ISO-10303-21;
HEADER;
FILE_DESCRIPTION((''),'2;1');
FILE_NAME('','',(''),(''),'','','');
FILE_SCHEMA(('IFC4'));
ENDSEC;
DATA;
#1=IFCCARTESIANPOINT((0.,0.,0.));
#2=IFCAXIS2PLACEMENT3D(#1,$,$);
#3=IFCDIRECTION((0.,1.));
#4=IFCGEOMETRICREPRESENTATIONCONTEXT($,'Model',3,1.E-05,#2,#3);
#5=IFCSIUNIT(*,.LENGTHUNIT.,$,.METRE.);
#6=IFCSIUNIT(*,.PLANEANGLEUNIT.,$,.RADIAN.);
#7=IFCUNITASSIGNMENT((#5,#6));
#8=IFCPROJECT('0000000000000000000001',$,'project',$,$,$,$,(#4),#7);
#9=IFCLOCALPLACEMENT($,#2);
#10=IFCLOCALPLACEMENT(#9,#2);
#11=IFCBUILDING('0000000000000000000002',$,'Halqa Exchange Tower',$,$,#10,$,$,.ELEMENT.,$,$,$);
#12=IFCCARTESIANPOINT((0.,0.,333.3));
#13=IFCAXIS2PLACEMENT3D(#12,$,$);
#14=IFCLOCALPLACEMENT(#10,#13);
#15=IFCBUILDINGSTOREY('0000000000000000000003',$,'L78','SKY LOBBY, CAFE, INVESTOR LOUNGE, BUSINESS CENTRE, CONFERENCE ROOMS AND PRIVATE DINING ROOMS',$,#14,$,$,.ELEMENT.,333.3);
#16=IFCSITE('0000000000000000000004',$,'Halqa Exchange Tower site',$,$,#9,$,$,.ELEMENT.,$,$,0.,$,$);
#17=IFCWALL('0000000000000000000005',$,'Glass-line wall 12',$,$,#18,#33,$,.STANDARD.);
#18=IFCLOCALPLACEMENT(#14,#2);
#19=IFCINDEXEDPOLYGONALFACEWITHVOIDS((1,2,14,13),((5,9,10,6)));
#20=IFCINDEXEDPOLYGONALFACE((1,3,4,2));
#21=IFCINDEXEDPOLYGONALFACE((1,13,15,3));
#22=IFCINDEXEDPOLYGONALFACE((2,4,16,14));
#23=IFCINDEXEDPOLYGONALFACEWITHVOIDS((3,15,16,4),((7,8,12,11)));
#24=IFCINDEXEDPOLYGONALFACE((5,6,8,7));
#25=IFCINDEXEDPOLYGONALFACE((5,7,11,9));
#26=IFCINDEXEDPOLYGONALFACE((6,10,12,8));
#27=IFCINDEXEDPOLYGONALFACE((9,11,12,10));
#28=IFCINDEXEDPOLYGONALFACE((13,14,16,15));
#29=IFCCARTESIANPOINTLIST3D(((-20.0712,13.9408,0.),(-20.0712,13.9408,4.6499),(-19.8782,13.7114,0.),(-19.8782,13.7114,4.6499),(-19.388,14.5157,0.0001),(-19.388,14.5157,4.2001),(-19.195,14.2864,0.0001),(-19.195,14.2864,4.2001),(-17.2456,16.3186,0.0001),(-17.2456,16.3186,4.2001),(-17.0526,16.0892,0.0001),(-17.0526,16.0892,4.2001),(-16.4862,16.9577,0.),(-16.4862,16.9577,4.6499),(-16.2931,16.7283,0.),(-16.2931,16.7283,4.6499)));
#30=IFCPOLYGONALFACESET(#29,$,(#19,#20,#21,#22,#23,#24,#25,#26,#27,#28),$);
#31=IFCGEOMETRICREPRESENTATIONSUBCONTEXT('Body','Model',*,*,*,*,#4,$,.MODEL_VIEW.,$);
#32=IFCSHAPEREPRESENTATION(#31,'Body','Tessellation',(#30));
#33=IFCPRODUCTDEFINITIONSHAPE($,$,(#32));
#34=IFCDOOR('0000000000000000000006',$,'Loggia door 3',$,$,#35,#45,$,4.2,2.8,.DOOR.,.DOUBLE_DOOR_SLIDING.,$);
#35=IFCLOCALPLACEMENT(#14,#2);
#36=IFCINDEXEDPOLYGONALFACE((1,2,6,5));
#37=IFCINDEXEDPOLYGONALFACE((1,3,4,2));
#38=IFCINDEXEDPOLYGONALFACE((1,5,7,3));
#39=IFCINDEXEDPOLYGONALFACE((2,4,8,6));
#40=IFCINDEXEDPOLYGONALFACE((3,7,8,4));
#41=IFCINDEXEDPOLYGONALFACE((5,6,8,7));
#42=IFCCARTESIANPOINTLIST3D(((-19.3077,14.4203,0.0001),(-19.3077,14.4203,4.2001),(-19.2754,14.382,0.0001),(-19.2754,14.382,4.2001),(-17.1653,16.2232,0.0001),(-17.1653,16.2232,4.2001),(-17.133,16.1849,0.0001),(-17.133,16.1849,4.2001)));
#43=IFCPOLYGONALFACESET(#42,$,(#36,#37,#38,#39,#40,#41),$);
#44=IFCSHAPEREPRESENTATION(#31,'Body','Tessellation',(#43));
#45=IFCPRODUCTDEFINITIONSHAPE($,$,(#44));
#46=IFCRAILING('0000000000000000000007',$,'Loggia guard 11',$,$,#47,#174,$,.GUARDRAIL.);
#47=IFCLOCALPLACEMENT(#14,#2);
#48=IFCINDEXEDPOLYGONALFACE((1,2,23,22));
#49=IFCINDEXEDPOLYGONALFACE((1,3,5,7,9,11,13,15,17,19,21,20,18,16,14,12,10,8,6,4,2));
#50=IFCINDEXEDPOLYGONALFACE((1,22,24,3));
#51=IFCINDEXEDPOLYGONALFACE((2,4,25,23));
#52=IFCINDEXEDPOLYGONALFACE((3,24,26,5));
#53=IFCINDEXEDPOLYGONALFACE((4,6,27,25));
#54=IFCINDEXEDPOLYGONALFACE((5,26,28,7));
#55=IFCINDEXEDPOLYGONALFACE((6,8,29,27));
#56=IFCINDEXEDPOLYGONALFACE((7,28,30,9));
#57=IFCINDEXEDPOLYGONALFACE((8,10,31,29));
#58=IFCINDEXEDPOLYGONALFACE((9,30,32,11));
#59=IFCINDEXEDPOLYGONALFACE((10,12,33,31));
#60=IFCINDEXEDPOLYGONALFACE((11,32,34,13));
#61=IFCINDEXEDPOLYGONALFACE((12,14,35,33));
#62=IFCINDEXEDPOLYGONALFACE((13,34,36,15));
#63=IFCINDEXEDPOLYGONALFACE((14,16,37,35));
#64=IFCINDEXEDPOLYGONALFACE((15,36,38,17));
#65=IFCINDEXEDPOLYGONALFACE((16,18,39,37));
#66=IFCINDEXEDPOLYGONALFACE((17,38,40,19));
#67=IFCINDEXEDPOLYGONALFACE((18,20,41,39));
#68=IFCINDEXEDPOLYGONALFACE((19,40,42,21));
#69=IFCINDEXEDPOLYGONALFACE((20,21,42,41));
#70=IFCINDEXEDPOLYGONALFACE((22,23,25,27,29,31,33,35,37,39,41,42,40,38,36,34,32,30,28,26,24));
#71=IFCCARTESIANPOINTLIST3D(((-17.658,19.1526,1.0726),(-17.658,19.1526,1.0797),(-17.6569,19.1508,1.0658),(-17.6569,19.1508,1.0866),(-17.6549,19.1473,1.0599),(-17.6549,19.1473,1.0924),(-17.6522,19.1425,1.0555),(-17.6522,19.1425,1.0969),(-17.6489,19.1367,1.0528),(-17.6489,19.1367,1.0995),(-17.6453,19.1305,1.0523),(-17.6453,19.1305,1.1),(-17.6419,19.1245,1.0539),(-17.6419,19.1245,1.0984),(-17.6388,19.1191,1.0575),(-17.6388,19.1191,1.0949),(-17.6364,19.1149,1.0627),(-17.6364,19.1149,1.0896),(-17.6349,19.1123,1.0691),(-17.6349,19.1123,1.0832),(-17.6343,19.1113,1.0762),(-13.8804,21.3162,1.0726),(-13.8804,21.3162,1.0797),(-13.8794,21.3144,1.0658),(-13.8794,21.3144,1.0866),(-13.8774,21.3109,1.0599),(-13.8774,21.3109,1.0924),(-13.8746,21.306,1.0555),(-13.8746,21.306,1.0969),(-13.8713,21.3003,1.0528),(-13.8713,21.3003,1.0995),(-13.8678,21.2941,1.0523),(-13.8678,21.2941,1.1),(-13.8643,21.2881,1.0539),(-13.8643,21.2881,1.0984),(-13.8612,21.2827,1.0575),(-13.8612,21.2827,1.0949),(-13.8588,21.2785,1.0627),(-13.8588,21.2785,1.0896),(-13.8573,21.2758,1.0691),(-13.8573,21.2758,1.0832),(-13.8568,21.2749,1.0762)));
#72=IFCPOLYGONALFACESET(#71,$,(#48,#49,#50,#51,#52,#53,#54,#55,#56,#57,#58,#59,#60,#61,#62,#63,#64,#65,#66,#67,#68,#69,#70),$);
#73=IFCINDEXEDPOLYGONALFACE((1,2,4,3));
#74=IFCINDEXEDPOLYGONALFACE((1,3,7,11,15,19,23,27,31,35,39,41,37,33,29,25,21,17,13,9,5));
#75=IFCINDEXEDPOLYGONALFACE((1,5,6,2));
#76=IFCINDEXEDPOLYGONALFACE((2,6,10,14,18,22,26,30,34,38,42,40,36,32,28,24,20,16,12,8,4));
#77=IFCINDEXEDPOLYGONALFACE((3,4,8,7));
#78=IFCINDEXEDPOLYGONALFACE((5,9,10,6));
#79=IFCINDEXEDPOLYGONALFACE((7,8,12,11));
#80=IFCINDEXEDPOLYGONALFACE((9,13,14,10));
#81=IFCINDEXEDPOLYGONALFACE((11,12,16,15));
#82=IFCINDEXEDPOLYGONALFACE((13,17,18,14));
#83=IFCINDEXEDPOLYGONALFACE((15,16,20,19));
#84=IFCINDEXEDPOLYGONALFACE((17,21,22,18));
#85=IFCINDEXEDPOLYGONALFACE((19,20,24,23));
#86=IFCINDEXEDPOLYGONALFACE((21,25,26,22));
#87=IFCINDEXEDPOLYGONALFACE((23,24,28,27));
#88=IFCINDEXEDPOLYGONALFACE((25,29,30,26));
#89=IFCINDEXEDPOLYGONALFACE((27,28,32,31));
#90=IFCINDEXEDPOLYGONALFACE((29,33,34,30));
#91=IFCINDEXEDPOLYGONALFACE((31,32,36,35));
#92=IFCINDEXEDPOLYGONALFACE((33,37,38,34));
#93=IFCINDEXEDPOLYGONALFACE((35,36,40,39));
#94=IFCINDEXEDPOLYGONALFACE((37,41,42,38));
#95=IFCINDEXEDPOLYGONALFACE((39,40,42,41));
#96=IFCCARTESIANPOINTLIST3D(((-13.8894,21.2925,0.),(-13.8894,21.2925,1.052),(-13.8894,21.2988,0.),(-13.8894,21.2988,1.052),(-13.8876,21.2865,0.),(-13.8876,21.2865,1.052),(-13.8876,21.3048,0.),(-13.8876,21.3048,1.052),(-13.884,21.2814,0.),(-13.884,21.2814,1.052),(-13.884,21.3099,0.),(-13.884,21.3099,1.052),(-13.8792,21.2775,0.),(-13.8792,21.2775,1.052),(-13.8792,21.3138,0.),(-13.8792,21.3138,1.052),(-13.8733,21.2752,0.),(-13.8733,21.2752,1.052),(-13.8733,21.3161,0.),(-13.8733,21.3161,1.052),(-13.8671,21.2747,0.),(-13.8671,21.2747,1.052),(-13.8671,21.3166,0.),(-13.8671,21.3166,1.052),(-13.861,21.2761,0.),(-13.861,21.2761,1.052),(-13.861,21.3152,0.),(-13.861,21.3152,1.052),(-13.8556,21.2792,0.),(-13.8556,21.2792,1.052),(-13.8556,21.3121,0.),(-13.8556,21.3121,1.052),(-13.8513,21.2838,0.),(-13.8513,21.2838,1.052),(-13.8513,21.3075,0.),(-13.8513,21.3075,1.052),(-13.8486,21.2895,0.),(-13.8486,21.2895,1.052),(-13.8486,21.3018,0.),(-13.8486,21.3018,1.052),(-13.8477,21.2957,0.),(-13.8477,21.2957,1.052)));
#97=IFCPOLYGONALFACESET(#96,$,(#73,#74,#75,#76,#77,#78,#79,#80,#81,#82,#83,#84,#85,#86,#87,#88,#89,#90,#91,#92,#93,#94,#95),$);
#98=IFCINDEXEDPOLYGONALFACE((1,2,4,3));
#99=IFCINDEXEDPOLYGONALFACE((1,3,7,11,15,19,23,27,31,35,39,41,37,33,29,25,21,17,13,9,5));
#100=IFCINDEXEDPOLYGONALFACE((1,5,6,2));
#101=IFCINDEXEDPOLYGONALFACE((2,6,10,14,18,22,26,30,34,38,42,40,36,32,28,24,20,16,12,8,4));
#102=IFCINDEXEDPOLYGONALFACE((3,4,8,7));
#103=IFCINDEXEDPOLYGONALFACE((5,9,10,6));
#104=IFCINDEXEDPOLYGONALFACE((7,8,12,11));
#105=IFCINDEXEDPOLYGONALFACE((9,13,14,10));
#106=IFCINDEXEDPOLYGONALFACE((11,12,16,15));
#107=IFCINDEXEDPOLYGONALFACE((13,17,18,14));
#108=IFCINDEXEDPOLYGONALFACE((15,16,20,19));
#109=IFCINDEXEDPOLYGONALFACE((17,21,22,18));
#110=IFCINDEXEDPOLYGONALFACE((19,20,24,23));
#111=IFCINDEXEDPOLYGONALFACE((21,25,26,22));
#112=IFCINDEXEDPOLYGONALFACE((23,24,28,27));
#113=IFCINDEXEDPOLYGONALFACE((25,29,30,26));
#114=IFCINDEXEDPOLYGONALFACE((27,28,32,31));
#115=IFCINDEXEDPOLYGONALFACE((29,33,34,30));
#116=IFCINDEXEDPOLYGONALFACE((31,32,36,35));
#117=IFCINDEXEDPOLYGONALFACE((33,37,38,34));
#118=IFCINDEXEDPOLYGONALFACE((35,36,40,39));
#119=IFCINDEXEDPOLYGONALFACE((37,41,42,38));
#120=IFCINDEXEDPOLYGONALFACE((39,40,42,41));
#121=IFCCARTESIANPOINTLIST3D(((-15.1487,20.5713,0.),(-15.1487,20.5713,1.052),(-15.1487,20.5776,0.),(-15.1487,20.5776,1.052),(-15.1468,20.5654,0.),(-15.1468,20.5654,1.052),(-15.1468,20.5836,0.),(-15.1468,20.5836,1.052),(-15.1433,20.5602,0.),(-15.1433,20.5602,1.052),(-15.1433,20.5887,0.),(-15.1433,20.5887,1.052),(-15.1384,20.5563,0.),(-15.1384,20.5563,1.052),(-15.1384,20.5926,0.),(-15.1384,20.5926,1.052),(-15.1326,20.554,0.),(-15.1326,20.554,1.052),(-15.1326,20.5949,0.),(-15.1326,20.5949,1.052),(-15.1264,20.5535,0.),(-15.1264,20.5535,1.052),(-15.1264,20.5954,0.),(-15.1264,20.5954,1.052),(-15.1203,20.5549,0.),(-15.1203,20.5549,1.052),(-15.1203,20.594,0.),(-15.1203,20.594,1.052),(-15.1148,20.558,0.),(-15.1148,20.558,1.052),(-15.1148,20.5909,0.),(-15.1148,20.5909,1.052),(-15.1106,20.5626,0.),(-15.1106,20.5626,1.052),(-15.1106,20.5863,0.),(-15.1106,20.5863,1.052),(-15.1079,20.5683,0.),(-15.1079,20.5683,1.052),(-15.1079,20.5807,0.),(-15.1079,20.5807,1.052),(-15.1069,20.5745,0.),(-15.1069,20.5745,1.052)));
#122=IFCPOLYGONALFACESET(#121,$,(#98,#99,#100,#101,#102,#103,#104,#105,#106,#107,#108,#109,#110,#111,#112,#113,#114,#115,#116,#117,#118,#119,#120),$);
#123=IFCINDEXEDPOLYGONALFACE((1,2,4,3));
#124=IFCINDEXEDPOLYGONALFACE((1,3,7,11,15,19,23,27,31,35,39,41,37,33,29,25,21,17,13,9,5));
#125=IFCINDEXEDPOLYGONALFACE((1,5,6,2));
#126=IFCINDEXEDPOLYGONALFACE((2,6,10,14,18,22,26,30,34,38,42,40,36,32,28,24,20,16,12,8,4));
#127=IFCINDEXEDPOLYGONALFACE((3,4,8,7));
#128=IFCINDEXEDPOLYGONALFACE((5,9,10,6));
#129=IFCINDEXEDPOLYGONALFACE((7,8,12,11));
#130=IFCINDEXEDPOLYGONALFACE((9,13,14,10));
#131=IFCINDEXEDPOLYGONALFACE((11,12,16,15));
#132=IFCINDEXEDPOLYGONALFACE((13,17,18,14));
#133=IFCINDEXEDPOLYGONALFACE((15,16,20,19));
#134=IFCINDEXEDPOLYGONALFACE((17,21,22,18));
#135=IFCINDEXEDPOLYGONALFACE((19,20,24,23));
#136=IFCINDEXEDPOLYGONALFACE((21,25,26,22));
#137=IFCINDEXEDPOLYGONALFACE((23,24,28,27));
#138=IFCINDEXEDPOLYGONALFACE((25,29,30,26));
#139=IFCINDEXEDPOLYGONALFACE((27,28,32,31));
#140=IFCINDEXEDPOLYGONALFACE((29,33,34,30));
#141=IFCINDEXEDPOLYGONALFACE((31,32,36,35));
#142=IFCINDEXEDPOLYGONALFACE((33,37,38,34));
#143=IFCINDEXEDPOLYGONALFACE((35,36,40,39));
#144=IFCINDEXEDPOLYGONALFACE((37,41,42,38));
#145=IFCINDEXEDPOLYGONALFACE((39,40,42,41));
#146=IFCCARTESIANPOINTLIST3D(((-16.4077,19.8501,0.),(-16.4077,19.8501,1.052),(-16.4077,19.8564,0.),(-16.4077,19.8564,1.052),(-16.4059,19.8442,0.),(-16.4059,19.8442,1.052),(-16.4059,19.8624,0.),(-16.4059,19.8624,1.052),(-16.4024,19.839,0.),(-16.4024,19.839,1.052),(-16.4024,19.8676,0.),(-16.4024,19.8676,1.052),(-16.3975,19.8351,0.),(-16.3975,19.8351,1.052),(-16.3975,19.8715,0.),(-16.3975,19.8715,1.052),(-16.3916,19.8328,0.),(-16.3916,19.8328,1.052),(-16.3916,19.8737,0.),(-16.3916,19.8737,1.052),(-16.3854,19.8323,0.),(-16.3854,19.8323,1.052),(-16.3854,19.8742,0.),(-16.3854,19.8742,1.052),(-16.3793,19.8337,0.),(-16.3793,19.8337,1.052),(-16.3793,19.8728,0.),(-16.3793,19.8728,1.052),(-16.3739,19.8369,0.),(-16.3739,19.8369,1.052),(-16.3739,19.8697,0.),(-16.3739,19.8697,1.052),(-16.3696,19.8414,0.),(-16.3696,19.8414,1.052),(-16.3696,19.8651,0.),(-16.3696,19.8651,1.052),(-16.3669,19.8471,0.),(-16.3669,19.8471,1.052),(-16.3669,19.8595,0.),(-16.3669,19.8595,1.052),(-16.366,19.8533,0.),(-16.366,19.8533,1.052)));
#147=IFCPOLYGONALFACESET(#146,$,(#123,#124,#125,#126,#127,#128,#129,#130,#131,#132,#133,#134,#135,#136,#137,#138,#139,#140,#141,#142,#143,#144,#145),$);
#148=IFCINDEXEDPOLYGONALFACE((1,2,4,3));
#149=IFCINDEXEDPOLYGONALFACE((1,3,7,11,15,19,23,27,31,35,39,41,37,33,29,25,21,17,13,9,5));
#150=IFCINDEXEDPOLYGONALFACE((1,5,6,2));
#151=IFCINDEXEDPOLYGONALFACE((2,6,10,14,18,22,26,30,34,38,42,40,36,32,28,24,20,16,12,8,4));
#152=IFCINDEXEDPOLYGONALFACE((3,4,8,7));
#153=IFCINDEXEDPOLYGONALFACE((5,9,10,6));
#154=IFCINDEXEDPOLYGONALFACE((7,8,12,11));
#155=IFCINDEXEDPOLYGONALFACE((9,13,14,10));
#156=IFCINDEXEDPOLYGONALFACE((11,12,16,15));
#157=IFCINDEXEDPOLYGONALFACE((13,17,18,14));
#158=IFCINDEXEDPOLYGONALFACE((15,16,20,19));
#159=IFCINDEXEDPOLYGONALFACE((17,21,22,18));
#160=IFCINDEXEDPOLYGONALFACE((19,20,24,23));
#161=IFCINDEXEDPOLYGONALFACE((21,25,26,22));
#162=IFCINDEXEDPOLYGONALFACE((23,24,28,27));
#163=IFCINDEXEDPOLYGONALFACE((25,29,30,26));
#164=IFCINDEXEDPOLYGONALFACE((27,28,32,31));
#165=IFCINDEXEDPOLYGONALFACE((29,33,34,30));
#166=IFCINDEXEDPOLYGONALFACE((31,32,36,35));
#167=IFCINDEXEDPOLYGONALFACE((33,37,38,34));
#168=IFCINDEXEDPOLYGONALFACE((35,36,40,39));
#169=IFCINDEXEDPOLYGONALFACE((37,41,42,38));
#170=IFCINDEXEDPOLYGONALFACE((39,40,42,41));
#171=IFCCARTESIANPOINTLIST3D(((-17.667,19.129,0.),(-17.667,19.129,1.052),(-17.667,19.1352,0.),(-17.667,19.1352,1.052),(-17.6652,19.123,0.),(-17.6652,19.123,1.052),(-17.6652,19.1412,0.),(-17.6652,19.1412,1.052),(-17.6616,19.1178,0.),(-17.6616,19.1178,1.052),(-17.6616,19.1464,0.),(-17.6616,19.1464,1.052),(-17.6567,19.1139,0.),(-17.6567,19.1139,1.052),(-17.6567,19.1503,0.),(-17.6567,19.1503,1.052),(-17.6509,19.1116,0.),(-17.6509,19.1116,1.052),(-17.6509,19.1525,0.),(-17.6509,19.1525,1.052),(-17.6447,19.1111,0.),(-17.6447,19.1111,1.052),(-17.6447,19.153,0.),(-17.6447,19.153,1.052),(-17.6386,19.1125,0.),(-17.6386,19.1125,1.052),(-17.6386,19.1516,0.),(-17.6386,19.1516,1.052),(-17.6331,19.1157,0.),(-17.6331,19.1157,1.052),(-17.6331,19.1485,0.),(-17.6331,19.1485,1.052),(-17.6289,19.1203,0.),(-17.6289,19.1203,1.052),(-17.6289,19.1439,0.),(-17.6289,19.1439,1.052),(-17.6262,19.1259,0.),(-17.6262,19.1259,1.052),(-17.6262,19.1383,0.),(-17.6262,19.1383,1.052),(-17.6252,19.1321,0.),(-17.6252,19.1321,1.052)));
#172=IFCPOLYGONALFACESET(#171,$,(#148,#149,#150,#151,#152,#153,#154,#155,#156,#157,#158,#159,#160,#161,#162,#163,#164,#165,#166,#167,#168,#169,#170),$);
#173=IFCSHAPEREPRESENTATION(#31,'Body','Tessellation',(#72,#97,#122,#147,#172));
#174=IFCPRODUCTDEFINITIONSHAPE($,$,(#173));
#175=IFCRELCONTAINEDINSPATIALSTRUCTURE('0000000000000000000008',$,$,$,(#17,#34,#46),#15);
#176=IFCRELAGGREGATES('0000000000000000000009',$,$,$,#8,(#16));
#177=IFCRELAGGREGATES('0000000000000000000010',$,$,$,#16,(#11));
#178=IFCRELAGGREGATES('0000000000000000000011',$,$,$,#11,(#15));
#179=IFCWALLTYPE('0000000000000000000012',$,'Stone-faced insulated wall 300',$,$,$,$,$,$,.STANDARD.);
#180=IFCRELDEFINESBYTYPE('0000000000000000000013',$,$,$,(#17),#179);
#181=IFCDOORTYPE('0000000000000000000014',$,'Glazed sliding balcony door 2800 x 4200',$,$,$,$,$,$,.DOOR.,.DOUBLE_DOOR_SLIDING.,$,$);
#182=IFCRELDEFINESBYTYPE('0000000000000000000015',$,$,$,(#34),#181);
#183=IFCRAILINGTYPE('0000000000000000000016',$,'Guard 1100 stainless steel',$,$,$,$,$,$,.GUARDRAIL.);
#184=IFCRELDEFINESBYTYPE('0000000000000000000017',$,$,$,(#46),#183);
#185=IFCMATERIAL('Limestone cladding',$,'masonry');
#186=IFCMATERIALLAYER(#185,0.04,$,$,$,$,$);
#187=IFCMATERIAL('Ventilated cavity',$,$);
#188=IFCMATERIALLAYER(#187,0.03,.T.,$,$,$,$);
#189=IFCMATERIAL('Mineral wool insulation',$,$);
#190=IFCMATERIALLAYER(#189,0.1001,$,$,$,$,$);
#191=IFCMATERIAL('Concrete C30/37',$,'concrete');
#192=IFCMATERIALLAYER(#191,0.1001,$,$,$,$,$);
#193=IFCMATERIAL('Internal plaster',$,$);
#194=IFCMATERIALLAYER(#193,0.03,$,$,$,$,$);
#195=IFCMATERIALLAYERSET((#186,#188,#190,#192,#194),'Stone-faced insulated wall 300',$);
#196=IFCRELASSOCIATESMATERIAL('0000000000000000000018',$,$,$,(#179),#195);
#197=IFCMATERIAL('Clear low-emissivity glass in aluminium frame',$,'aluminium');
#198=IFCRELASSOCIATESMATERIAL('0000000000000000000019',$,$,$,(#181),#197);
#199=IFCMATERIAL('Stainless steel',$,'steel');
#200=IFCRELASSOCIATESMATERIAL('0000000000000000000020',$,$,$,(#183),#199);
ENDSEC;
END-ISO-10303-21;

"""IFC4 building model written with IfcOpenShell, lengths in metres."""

from ifc_helpers import new_model, si_unit, direction, frame, frame_2d, origin, origin_2d, place, context, subcontext, project, spatial, polyline, rectangle, circle, outline, extrude, material, layer, layer_set, type_object, element, fill, save


model = new_model("IFC4")

# Units and contexts
model_context = context("Model", 3, precision=1e-05, world=origin(), true_north=direction((0.0, 1.0)))
body_context = subcontext(model_context, "Body", "Model", "MODEL_VIEW")
ifc_project = project(units=[si_unit("LENGTHUNIT", "METRE"), si_unit("PLANEANGLEUNIT", "RADIAN")], contexts=[model_context])

# Site, building, storey
site_placement = place(None, origin())
site = spatial("IfcSite", under=ifc_project, at=site_placement, Name="Halqa Exchange Tower site", CompositionType="ELEMENT", RefElevation=0.0)
building_placement = place(site_placement, origin())
building = spatial("IfcBuilding", under=site, at=building_placement, Name="Halqa Exchange Tower", CompositionType="ELEMENT")
storey_placement = place(building_placement, frame((0.0, 0.0, 333.3)))
storey = spatial("IfcBuildingStorey", under=building, at=storey_placement, Name="L78", Description="SKY LOBBY, CAFE, INVESTOR LOUNGE, BUSINESS CENTRE, CONFERENCE ROOMS AND PRIVATE DINING ROOMS", CompositionType="ELEMENT", Elevation=333.3)

# Wall, opening, door
ifc_material_1 = material(Name="Limestone cladding", Category="masonry")
ifc_layer_1 = layer(ifc_material_1, 0.04)
ifc_material_2 = material(Name="Ventilated cavity")
ifc_layer_2 = layer(ifc_material_2, 0.03, ventilated=True)
ifc_material_3 = material(Name="Mineral wool insulation")
ifc_layer_3 = layer(ifc_material_3, 0.1001)
ifc_material_4 = material(Name="Concrete C30/37", Category="concrete")
ifc_layer_4 = layer(ifc_material_4, 0.1001)
ifc_material_5 = material(Name="Internal plaster")
ifc_layer_5 = layer(ifc_material_5, 0.03)
ifc_layer_set_1 = layer_set([ifc_layer_1, ifc_layer_2, ifc_layer_3, ifc_layer_4, ifc_layer_5], Name="Stone-faced insulated wall 300")
wall_type_1 = type_object("IfcWallType", Name="Stone-faced insulated wall 300", PredefinedType="STANDARD", material=ifc_layer_set_1)
wall_1_placement = place(storey_placement, frame((-16.3896, 16.843, 0.0), z_axis=(0.0, 0.0, 1.0), x_axis=(-0.765129, -0.643877, 0.0)))
wall_1 = element("IfcWall", 1, at=wall_1_placement, inside=storey, type_object=wall_type_1, Name="Glass-line wall 12", PredefinedType="STANDARD", context=body_context, shape_type="SweptSolid", body=[
    extrude(outline(polyline([(0.0, -0.1499), (4.6855, -0.1499), (4.6855, 0.1499), (0.0, 0.1499), (0.0, -0.1499)])), origin(), (0.0, 0.0, 1.0), 4.6499),
])
opening_1_placement = place(wall_1_placement, frame((0.9927, 0.0, 0.0)))
opening_1 = element("IfcOpeningElement", 2, at=opening_1_placement, cuts=wall_1, PredefinedType="OPENING", context=body_context, shape_type="SweptSolid", body=[
    extrude(rectangle(XDim=2.8, YDim=4.2, at=frame_2d((1.3999, 2.1001))), frame((0.0, 0.1621, 0.0), z_axis=(0.0, -1.0, 0.0), x_axis=(1.0, 0.0, 0.0)), (0.0, 0.0, 1.0), 0.324),
])
ifc_material_6 = material(Name="Clear low-emissivity glass in aluminium frame", Category="aluminium")
door_type_1 = type_object("IfcDoorType", Name="Glazed sliding balcony door 2800 x 4200", OperationType="DOUBLE_DOOR_SLIDING", PredefinedType="DOOR", material=ifc_material_6)
door_1_placement = place(opening_1_placement, origin())
door_1 = element("IfcDoor", 3, at=door_1_placement, inside=storey, type_object=door_type_1, Name="Loggia door 3", OperationType="DOUBLE_DOOR_SLIDING", OverallHeight=4.2, OverallWidth=2.8, PredefinedType="DOOR", context=body_context, shape_type="SweptSolid", body=[
    extrude(rectangle(XDim=2.8, YDim=4.2, at=frame_2d((1.3999, 2.1001))), frame((0.0, 0.0249, 0.0), z_axis=(0.0, -1.0, 0.0), x_axis=(1.0, 0.0, 0.0)), (0.0, 0.0, 1.0), 0.05),
])
fill(opening_1, door_1)

# Railing
ifc_material_7 = material(Name="Stainless steel", Category="steel")
railing_type = type_object("IfcRailingType", Name="Guard 1100 stainless steel", PredefinedType="GUARDRAIL", material=ifc_material_7)
railing_1_placement = place(storey_placement, frame((-13.8687, 21.2957, 0.0)))
element("IfcRailing", 4, at=railing_1_placement, inside=storey, type_object=railing_type, Name="Loggia guard 11", PredefinedType="GUARDRAIL", context=body_context, shape_type="SweptSolid", body=[
    extrude(circle(Radius=0.0239, at=origin_2d()), frame((0.0, 0.0, 1.0762), z_axis=(-0.867753, -0.496996, 0.0), x_axis=(0.496996, -0.867753, 0.0)), (0.0, 0.0, 1.0), 4.3533),
    extrude(circle(Radius=0.021, at=origin_2d()), origin(), (0.0, 0.0, 1.0), 1.052),
    extrude(circle(Radius=0.021, at=origin_2d()), frame((-1.2593, -0.7212, 0.0)), (0.0, 0.0, 1.0), 1.052),
    extrude(circle(Radius=0.021, at=origin_2d()), frame((-2.5183, -1.4424, 0.0)), (0.0, 0.0, 1.0), 1.052),
    extrude(circle(Radius=0.021, at=origin_2d()), frame((-3.7776, -2.1636, 0.0)), (0.0, 0.0, 1.0), 1.052),
])

save(model, "model.ifc")
